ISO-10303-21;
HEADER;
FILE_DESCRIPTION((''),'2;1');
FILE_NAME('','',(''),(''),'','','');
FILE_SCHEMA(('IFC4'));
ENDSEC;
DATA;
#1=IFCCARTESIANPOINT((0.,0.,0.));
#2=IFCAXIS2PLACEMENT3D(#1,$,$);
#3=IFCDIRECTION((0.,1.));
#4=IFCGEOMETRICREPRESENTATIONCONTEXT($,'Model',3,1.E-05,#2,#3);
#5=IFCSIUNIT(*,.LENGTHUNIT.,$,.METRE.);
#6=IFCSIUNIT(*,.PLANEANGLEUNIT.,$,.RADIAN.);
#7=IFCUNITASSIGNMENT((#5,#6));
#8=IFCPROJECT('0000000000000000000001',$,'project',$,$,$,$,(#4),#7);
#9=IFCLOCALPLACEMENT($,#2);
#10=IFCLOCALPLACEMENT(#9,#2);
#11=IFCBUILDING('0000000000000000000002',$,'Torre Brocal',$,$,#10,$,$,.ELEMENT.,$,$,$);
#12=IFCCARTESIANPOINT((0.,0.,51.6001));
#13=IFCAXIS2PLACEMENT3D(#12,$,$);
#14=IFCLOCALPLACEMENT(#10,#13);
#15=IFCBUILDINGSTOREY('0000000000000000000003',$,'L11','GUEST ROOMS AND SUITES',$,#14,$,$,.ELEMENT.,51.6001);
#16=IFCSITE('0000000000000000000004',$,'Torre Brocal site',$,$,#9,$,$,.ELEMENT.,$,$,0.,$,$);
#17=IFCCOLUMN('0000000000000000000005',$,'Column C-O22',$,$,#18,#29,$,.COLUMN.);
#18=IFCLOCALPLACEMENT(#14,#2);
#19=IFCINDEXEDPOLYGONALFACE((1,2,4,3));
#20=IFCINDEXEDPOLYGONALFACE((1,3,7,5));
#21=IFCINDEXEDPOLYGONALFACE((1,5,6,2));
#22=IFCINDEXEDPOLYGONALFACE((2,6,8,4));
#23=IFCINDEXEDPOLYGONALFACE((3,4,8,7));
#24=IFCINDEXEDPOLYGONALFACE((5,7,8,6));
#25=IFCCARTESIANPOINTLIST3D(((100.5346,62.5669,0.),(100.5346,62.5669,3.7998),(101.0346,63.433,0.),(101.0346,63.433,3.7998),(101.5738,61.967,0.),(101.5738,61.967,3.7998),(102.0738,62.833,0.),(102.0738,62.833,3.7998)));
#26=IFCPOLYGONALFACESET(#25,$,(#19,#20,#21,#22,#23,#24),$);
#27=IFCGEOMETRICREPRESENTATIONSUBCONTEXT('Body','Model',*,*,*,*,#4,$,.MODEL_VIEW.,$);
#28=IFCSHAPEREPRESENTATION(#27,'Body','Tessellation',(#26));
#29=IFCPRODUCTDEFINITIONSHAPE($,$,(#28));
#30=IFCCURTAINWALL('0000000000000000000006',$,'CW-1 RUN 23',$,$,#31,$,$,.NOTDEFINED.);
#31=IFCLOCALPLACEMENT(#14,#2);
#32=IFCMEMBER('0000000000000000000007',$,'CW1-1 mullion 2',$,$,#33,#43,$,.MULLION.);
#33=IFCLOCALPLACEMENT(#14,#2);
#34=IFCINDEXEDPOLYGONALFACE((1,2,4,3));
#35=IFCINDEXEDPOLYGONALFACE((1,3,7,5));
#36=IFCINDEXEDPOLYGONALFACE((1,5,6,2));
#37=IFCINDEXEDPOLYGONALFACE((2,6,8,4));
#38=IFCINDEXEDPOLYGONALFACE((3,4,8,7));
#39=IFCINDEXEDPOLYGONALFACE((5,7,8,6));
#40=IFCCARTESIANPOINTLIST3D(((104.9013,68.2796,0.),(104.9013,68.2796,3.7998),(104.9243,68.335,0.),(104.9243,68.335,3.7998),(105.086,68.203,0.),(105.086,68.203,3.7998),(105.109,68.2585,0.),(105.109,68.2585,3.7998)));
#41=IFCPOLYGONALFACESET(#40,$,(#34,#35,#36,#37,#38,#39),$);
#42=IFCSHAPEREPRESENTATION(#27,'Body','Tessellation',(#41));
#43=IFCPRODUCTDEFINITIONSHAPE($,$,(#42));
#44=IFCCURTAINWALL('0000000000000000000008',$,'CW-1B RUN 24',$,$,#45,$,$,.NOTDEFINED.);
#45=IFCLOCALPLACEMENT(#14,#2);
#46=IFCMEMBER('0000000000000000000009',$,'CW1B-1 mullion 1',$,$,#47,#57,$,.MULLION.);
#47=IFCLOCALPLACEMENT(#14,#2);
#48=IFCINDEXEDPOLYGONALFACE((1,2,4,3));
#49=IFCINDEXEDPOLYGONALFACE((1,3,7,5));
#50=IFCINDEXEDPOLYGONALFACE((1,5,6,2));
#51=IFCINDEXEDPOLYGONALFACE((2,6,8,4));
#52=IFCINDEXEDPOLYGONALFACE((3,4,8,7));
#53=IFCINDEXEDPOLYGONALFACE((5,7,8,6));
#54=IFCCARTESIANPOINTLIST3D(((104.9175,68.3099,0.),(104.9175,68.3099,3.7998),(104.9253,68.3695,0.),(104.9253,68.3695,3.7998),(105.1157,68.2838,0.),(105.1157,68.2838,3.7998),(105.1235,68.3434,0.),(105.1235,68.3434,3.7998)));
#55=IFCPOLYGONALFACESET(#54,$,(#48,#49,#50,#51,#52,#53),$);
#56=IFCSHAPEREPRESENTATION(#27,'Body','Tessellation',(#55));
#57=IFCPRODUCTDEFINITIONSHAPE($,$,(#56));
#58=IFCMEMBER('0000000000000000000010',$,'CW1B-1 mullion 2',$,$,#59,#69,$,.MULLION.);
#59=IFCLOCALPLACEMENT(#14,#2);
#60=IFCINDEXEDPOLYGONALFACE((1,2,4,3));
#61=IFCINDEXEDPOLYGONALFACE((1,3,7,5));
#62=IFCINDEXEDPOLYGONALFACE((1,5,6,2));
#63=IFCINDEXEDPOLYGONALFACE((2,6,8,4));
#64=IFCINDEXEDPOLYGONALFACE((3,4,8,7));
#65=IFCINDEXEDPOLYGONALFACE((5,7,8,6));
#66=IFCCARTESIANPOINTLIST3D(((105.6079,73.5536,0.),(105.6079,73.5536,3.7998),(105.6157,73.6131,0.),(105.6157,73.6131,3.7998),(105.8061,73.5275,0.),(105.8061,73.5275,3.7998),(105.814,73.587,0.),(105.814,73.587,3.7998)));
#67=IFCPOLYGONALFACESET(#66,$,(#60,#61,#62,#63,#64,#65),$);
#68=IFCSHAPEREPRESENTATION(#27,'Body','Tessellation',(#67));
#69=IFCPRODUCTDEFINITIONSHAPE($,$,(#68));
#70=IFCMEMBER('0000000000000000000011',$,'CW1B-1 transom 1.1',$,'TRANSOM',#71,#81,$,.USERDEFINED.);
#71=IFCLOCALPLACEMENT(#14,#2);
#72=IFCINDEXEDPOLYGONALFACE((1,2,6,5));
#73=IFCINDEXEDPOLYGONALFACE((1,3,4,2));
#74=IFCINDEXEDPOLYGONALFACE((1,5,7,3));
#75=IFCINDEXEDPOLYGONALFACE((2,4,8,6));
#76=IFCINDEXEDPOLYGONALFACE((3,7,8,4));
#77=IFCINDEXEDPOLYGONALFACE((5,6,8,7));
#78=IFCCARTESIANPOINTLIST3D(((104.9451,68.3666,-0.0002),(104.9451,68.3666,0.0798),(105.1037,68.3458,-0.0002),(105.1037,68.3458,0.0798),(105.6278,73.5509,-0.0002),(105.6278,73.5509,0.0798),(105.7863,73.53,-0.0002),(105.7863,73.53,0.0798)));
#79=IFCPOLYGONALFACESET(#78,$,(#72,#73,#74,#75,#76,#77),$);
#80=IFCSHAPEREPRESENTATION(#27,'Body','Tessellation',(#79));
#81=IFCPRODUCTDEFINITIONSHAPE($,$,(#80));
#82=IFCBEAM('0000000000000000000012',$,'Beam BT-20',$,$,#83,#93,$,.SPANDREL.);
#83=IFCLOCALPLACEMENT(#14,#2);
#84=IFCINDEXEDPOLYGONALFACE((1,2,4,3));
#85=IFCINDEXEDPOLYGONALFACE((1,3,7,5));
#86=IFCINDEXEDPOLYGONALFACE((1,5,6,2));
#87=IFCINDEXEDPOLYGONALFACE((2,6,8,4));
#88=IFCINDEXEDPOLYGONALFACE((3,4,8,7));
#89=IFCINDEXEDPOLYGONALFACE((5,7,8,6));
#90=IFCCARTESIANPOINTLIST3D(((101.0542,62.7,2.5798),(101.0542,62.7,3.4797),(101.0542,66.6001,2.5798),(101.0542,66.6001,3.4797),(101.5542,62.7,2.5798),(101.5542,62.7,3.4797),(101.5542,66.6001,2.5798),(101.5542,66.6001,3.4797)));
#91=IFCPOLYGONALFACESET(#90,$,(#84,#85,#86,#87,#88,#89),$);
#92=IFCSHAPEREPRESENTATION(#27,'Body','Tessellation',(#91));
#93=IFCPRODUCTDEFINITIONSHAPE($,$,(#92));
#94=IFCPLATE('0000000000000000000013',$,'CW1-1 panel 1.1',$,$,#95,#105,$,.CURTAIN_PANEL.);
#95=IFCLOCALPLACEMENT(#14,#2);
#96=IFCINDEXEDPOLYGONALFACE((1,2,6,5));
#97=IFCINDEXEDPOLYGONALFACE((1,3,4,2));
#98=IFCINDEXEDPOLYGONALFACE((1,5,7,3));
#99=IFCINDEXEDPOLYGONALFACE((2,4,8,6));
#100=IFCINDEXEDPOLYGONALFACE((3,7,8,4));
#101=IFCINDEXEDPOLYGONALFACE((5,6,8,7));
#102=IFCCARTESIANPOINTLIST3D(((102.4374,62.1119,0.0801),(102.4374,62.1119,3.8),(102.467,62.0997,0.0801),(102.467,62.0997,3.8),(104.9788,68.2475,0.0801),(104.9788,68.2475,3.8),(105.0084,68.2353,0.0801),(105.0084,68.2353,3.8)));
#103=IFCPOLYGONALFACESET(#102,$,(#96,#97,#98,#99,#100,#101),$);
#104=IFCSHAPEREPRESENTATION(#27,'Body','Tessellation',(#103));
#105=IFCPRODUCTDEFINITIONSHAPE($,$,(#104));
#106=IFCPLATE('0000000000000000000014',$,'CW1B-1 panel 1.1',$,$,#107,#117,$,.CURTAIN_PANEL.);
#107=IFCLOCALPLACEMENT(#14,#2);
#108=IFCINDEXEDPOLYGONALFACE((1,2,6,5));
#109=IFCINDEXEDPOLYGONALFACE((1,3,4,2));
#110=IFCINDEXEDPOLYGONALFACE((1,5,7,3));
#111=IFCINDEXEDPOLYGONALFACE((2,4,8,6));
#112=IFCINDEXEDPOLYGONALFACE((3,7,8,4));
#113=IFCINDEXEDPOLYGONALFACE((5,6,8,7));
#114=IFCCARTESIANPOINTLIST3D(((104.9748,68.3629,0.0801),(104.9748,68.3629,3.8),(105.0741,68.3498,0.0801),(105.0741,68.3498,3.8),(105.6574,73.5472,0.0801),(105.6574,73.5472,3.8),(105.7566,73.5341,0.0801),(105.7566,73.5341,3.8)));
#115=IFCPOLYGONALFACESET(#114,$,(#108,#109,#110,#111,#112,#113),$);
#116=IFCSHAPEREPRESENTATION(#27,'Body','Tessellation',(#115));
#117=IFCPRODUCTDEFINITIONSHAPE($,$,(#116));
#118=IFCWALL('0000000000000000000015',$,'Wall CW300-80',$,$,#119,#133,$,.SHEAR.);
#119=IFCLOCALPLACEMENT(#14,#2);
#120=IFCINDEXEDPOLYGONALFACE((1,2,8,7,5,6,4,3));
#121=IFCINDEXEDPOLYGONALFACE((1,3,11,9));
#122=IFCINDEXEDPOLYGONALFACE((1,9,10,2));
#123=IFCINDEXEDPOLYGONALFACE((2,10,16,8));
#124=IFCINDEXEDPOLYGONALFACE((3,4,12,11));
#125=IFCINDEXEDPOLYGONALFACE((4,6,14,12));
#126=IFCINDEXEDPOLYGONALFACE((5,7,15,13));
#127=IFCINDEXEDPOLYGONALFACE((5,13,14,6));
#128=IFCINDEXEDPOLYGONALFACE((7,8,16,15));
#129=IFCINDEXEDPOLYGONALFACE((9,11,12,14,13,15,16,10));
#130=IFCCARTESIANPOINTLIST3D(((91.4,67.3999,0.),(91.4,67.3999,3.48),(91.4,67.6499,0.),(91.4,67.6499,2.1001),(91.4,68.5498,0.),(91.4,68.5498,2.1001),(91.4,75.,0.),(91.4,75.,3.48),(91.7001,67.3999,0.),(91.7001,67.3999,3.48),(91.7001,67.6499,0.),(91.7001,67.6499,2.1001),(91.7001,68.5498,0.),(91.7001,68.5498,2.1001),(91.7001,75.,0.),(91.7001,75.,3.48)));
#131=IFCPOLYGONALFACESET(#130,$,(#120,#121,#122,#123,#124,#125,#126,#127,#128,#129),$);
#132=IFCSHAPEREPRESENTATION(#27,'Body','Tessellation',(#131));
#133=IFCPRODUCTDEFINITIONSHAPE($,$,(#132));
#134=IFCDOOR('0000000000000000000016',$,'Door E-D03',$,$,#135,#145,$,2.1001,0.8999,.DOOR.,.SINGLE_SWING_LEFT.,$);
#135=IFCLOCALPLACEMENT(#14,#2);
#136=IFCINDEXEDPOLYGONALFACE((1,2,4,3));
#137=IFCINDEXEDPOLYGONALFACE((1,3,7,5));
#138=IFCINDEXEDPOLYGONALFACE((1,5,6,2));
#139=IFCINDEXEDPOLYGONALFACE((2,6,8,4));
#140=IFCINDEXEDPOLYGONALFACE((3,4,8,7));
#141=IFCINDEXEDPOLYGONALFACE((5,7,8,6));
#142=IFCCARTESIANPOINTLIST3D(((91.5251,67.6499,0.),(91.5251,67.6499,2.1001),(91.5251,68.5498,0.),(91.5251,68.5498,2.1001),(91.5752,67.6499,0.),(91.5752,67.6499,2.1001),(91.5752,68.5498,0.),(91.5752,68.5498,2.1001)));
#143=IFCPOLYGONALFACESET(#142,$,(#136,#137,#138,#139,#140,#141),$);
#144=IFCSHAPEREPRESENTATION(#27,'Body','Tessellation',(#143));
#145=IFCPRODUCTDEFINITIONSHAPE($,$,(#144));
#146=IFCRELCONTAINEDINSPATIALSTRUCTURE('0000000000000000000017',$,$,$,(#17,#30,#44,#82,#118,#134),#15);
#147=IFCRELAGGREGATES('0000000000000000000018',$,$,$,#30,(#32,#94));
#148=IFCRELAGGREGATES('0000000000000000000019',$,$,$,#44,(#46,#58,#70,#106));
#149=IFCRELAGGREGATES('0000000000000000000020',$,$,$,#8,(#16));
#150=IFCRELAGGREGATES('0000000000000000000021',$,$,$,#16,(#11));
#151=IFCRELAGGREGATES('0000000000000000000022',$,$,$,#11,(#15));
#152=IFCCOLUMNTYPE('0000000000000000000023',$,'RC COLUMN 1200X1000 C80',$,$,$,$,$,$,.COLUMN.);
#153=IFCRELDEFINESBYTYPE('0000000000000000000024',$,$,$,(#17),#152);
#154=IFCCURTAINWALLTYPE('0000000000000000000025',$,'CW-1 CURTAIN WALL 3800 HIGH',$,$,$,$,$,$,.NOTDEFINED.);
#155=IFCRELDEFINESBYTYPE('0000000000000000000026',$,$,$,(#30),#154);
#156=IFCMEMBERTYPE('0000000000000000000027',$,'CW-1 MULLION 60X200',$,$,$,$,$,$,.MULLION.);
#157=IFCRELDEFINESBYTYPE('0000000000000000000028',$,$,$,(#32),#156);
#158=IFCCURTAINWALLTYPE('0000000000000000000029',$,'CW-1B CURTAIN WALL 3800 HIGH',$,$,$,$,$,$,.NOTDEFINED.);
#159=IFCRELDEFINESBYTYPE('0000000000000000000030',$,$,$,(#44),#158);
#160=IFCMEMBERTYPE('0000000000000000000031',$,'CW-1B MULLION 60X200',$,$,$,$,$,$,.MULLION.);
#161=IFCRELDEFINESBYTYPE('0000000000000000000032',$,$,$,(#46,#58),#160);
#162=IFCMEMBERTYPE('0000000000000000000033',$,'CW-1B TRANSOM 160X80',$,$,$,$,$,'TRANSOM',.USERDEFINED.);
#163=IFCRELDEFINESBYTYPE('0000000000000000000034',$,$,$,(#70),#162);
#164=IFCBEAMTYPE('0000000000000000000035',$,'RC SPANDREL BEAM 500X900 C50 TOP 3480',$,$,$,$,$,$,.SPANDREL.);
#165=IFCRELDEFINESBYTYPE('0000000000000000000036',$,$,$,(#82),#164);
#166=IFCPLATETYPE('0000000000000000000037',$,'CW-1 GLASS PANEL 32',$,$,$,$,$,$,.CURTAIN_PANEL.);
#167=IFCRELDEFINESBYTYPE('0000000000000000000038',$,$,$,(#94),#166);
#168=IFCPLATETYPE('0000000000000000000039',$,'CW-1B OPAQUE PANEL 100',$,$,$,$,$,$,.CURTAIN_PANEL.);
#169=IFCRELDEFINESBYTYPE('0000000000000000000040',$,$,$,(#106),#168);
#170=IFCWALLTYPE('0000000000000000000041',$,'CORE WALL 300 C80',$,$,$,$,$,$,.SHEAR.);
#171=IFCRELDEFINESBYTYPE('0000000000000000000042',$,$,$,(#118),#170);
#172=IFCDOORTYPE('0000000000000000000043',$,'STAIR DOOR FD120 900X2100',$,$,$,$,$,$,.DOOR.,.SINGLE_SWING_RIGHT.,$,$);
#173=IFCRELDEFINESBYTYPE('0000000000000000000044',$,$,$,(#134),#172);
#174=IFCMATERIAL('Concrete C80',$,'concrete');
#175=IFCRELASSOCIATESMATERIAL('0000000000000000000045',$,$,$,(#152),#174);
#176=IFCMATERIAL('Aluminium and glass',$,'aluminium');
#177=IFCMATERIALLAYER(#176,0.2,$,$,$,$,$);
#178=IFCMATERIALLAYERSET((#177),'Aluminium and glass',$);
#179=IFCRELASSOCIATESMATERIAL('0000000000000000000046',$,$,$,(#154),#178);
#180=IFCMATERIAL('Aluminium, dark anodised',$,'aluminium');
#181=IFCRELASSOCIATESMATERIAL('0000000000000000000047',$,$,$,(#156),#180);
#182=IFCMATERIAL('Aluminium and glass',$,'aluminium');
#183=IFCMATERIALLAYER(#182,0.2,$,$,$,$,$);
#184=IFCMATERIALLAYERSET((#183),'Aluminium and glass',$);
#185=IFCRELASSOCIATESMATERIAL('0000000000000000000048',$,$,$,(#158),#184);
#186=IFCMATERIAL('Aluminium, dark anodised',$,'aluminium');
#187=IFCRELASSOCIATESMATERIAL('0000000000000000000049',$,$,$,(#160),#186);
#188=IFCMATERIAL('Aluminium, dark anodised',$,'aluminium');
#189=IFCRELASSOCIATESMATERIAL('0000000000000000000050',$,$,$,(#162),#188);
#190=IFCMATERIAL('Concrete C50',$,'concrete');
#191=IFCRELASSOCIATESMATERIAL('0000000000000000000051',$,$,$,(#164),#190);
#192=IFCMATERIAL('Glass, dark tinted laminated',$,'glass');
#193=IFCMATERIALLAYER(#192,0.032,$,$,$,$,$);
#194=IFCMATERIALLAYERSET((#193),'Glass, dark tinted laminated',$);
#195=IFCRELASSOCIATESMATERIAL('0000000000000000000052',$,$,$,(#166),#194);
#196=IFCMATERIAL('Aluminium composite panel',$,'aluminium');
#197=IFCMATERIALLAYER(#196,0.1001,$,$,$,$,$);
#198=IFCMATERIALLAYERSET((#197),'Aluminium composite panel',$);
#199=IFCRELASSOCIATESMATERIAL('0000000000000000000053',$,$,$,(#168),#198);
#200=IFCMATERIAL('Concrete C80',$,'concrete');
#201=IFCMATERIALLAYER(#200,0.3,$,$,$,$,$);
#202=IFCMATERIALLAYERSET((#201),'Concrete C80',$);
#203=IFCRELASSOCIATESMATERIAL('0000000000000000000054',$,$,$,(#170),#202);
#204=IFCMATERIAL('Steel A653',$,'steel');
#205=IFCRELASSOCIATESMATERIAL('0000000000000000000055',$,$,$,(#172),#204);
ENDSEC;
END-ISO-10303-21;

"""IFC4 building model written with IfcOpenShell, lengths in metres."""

from ifc_helpers import new_model, si_unit, direction, frame, frame_2d, origin, origin_2d, place, context, subcontext, project, spatial, rectangle, extrude, material, layer, layer_set, material_profile, profile_set, type_object, element, fill, aggregate, save


model = new_model("IFC4")

# Units and contexts
model_context = context("Model", 3, precision=1e-05, world=origin(), true_north=direction((0.0, 1.0)))
body_context = subcontext(model_context, "Body", "Model", "MODEL_VIEW")
ifc_project = project(units=[si_unit("LENGTHUNIT", "METRE"), si_unit("PLANEANGLEUNIT", "RADIAN")], contexts=[model_context])

# Site, building, storey
site_placement = place(None, origin())
site = spatial("IfcSite", under=ifc_project, at=site_placement, Name="Torre Brocal site", CompositionType="ELEMENT", RefElevation=0.0)
building_placement = place(site_placement, origin())
building = spatial("IfcBuilding", under=site, at=building_placement, Name="Torre Brocal", CompositionType="ELEMENT")
storey_placement = place(building_placement, frame((0.0, 0.0, 51.6001)))
storey = spatial("IfcBuildingStorey", under=building, at=storey_placement, Name="L11", Description="GUEST ROOMS AND SUITES", CompositionType="ELEMENT", Elevation=51.6001)

# Column
ifc_material_1 = material(Name="Concrete C80", Category="concrete")
ifc_material_profile_1 = material_profile(ifc_material_1, rectangle(XDim=1.2, YDim=1.0, at=origin_2d()), Name="RC 1200X1000")
ifc_profile_set_1 = profile_set([ifc_material_profile_1], Name="Concrete C80")
column_type = type_object("IfcColumnType", Name="RC COLUMN 1200X1000 C80", PredefinedType="COLUMN", material=ifc_profile_set_1)
column_placement = place(storey_placement, frame((101.3042, 62.7, 0.0), z_axis=(0.0, 0.0, 1.0), x_axis=(0.866025, -0.5, 0.0)))
element("IfcColumn", 1, at=column_placement, inside=storey, type_object=column_type, Name="Column C-O22", PredefinedType="COLUMN", context=body_context, shape_type="SweptSolid", body=[
    extrude(rectangle(XDim=1.2, YDim=1.0, at=origin_2d()), origin(), (0.0, 0.0, 1.0), 3.7998),
])

# Curtain wall, member
ifc_material_2 = material(Name="Aluminium and glass", Category="aluminium")
ifc_layer_1 = layer(ifc_material_2, 0.2)
ifc_layer_set_1 = layer_set([ifc_layer_1], Name="Aluminium and glass")
curtain_wall_type_1 = type_object("IfcCurtainWallType", Name="CW-1 CURTAIN WALL 3800 HIGH", PredefinedType="NOTDEFINED", material=ifc_layer_set_1)
curtain_wall_1_placement = place(storey_placement, origin())
curtain_wall_1 = element("IfcCurtainWall", 2, at=curtain_wall_1_placement, inside=storey, type_object=curtain_wall_type_1, Name="CW-1 RUN 23", PredefinedType="NOTDEFINED")
ifc_material_3 = material(Name="Aluminium, dark anodised", Category="aluminium")
ifc_material_profile_2 = material_profile(ifc_material_3, rectangle(XDim=0.2, YDim=0.0601, at=origin_2d()), Name="CW-1 MULLION 60X200")
ifc_profile_set_2 = profile_set([ifc_material_profile_2], Name="Aluminium, dark anodised")
member_type_1 = type_object("IfcMemberType", Name="CW-1 MULLION 60X200", PredefinedType="MULLION", material=ifc_profile_set_2)
member_1_placement = place(storey_placement, frame((105.0051, 68.269, 0.0), z_axis=(0.0, 0.0, 1.0), x_axis=(-0.92388, 0.382683, 0.0)))
member_1 = element("IfcMember", 3, at=member_1_placement, type_object=member_type_1, Name="CW1-1 mullion 2", PredefinedType="MULLION", context=body_context, shape_type="SweptSolid", body=[
    extrude(rectangle(XDim=0.2, YDim=0.0601, at=origin_2d()), origin(), (0.0, 0.0, 1.0), 3.7998),
])

# Curtain wall, members
ifc_material_4 = material(Name="Aluminium and glass", Category="aluminium")
ifc_layer_2 = layer(ifc_material_4, 0.2)
ifc_layer_set_2 = layer_set([ifc_layer_2], Name="Aluminium and glass")
curtain_wall_type_2 = type_object("IfcCurtainWallType", Name="CW-1B CURTAIN WALL 3800 HIGH", PredefinedType="NOTDEFINED", material=ifc_layer_set_2)
curtain_wall_2_placement = place(storey_placement, origin())
curtain_wall_2 = element("IfcCurtainWall", 4, at=curtain_wall_2_placement, inside=storey, type_object=curtain_wall_type_2, Name="CW-1B RUN 24", PredefinedType="NOTDEFINED")
ifc_material_5 = material(Name="Aluminium, dark anodised", Category="aluminium")
ifc_material_profile_3 = material_profile(ifc_material_5, rectangle(XDim=0.2, YDim=0.0601, at=origin_2d()), Name="CW-1B MULLION 60X200")
ifc_profile_set_3 = profile_set([ifc_material_profile_3], Name="Aluminium, dark anodised")
member_type_2 = type_object("IfcMemberType", Name="CW-1B MULLION 60X200", PredefinedType="MULLION", material=ifc_profile_set_3)
member_2_placement = place(storey_placement, frame((105.0205, 68.3267, 0.0), z_axis=(0.0, 0.0, 1.0), x_axis=(-0.991445, 0.130526, 0.0)))
member_2 = element("IfcMember", 5, at=member_2_placement, type_object=member_type_2, Name="CW1B-1 mullion 1", PredefinedType="MULLION", context=body_context, shape_type="SweptSolid", body=[
    extrude(rectangle(XDim=0.2, YDim=0.0601, at=origin_2d()), origin(), (0.0, 0.0, 1.0), 3.7998),
])
member_3_placement = place(storey_placement, frame((105.7109, 73.5703, 0.0), z_axis=(0.0, 0.0, 1.0), x_axis=(-0.991445, 0.130526, 0.0)))
member_3 = element("IfcMember", 6, at=member_3_placement, type_object=member_type_2, Name="CW1B-1 mullion 2", PredefinedType="MULLION", context=body_context, shape_type="SweptSolid", body=[
    extrude(rectangle(XDim=0.2, YDim=0.0601, at=origin_2d()), origin(), (0.0, 0.0, 1.0), 3.7998),
])
ifc_material_6 = material(Name="Aluminium, dark anodised", Category="aluminium")
ifc_material_profile_4 = material_profile(ifc_material_6, rectangle(XDim=0.1599, YDim=0.0801, at=origin_2d()), Name="CW-1B TRANSOM 160X80")
ifc_profile_set_4 = profile_set([ifc_material_profile_4], Name="Aluminium, dark anodised")
member_type_3 = type_object("IfcMemberType", Name="CW-1B TRANSOM 160X80", ElementType="TRANSOM", PredefinedType="USERDEFINED", material=ifc_profile_set_4)
member_4_placement = place(storey_placement, frame((105.0244, 68.3562, 0.0398), z_axis=(0.130543, 0.991443, 0.0), x_axis=(-0.991443, 0.130543, 0.0)))
member_4 = element("IfcMember", 7, at=member_4_placement, type_object=member_type_3, Name="CW1B-1 transom 1.1", ObjectType="TRANSOM", PredefinedType="USERDEFINED", context=body_context, shape_type="SweptSolid", body=[
    extrude(rectangle(XDim=0.1599, YDim=0.0801, at=origin_2d()), origin(), (0.0, 0.0, 1.0), 5.229),
])

# Beam
ifc_material_7 = material(Name="Concrete C50", Category="concrete")
ifc_material_profile_5 = material_profile(ifc_material_7, rectangle(XDim=0.5, YDim=0.8999, at=origin_2d()), Name="RC 500X900")
ifc_profile_set_5 = profile_set([ifc_material_profile_5], Name="Concrete C50")
beam_type = type_object("IfcBeamType", Name="RC SPANDREL BEAM 500X900 C50 TOP 3480", PredefinedType="SPANDREL", material=ifc_profile_set_5)
beam_placement = place(storey_placement, frame((101.3042, 62.7, 3.0298), z_axis=(0.0, 1.0, 0.0), x_axis=(-1.0, 0.0, 0.0)))
element("IfcBeam", 8, at=beam_placement, inside=storey, type_object=beam_type, Name="Beam BT-20", PredefinedType="SPANDREL", context=body_context, shape_type="SweptSolid", body=[
    extrude(rectangle(XDim=0.5, YDim=0.8999, at=origin_2d()), origin(), (0.0, 0.0, 1.0), 3.9001),
])

# Plates
ifc_material_8 = material(Name="Glass, dark tinted laminated", Category="glass")
ifc_layer_3 = layer(ifc_material_8, 0.032)
ifc_layer_set_3 = layer_set([ifc_layer_3], Name="Glass, dark tinted laminated")
plate_type_1 = type_object("IfcPlateType", Name="CW-1 GLASS PANEL 32", PredefinedType="CURTAIN_PANEL", material=ifc_layer_set_3)
plate_1_placement = place(storey_placement, frame((103.7229, 65.1736, 0.0801), z_axis=(0.0, 0.0, 1.0), x_axis=(0.382683, 0.92388, 0.0)))
plate_1 = element("IfcPlate", 9, at=plate_1_placement, type_object=plate_type_1, Name="CW1-1 panel 1.1", PredefinedType="CURTAIN_PANEL", context=body_context, shape_type="SweptSolid", body=[
    extrude(rectangle(XDim=6.6411, YDim=0.032, at=origin_2d()), origin(), (0.0, 0.0, 1.0), 3.72),
])
aggregate(curtain_wall_1, [member_1, plate_1])
ifc_material_9 = material(Name="Aluminium composite panel", Category="aluminium")
ifc_layer_4 = layer(ifc_material_9, 0.1001)
ifc_layer_set_4 = layer_set([ifc_layer_4], Name="Aluminium composite panel")
plate_type_2 = type_object("IfcPlateType", Name="CW-1B OPAQUE PANEL 100", PredefinedType="CURTAIN_PANEL", material=ifc_layer_set_4)
plate_2_placement = place(storey_placement, frame((105.3657, 70.9485, 0.0801), z_axis=(0.0, 0.0, 1.0), x_axis=(0.130526, 0.991445, 0.0)))
plate_2 = element("IfcPlate", 10, at=plate_2_placement, type_object=plate_type_2, Name="CW1B-1 panel 1.1", PredefinedType="CURTAIN_PANEL", context=body_context, shape_type="SweptSolid", body=[
    extrude(rectangle(XDim=5.229, YDim=0.1001, at=origin_2d()), origin(), (0.0, 0.0, 1.0), 3.72),
])
aggregate(curtain_wall_2, [member_2, member_3, member_4, plate_2])

# Wall, opening, door
ifc_material_10 = material(Name="Concrete C80", Category="concrete")
ifc_layer_5 = layer(ifc_material_10, 0.3)
ifc_layer_set_5 = layer_set([ifc_layer_5], Name="Concrete C80")
wall_type_1 = type_object("IfcWallType", Name="CORE WALL 300 C80", PredefinedType="SHEAR", material=ifc_layer_set_5)
wall_1_placement = place(storey_placement, frame((91.55, 67.3999, 0.0), z_axis=(0.0, 0.0, 1.0), x_axis=(0.0, 1.0, 0.0)))
wall_1 = element("IfcWall", 11, at=wall_1_placement, inside=storey, type_object=wall_type_1, Name="Wall CW300-80", PredefinedType="SHEAR", context=body_context, shape_type="SweptSolid", body=[
    extrude(rectangle(XDim=7.6001, YDim=0.3, at=frame_2d((3.8, 0.0))), origin(), (0.0, 0.0, 1.0), 3.48),
])
opening_1_placement = place(wall_1_placement, frame((0.25, 0.0, 0.0)))
opening_1 = element("IfcOpeningElement", 12, at=opening_1_placement, cuts=wall_1, PredefinedType="OPENING", context=body_context, shape_type="SweptSolid", body=[
    extrude(rectangle(XDim=0.8999, YDim=2.1001, at=frame_2d((0.45, 1.05))), frame((0.0, 0.1599, 0.0), z_axis=(0.0, -1.0, 0.0), x_axis=(1.0, 0.0, 0.0)), (0.0, 0.0, 1.0), 0.3201),
])
ifc_material_11 = material(Name="Steel A653", Category="steel")
door_type_1 = type_object("IfcDoorType", Name="STAIR DOOR FD120 900X2100", OperationType="SINGLE_SWING_RIGHT", PredefinedType="DOOR", material=ifc_material_11)
door_1_placement = place(opening_1_placement, origin())
door_1 = element("IfcDoor", 13, at=door_1_placement, inside=storey, type_object=door_type_1, Name="Door E-D03", OperationType="SINGLE_SWING_LEFT", OverallHeight=2.1001, OverallWidth=0.8999, PredefinedType="DOOR", context=body_context, shape_type="SweptSolid", body=[
    extrude(rectangle(XDim=0.8999, YDim=2.1001, at=frame_2d((0.45, 1.05))), frame((0.0, 0.0249, 0.0), z_axis=(0.0, -1.0, 0.0), x_axis=(1.0, 0.0, 0.0)), (0.0, 0.0, 1.0), 0.05),
])
fill(opening_1, door_1)

save(model, "model.ifc")
